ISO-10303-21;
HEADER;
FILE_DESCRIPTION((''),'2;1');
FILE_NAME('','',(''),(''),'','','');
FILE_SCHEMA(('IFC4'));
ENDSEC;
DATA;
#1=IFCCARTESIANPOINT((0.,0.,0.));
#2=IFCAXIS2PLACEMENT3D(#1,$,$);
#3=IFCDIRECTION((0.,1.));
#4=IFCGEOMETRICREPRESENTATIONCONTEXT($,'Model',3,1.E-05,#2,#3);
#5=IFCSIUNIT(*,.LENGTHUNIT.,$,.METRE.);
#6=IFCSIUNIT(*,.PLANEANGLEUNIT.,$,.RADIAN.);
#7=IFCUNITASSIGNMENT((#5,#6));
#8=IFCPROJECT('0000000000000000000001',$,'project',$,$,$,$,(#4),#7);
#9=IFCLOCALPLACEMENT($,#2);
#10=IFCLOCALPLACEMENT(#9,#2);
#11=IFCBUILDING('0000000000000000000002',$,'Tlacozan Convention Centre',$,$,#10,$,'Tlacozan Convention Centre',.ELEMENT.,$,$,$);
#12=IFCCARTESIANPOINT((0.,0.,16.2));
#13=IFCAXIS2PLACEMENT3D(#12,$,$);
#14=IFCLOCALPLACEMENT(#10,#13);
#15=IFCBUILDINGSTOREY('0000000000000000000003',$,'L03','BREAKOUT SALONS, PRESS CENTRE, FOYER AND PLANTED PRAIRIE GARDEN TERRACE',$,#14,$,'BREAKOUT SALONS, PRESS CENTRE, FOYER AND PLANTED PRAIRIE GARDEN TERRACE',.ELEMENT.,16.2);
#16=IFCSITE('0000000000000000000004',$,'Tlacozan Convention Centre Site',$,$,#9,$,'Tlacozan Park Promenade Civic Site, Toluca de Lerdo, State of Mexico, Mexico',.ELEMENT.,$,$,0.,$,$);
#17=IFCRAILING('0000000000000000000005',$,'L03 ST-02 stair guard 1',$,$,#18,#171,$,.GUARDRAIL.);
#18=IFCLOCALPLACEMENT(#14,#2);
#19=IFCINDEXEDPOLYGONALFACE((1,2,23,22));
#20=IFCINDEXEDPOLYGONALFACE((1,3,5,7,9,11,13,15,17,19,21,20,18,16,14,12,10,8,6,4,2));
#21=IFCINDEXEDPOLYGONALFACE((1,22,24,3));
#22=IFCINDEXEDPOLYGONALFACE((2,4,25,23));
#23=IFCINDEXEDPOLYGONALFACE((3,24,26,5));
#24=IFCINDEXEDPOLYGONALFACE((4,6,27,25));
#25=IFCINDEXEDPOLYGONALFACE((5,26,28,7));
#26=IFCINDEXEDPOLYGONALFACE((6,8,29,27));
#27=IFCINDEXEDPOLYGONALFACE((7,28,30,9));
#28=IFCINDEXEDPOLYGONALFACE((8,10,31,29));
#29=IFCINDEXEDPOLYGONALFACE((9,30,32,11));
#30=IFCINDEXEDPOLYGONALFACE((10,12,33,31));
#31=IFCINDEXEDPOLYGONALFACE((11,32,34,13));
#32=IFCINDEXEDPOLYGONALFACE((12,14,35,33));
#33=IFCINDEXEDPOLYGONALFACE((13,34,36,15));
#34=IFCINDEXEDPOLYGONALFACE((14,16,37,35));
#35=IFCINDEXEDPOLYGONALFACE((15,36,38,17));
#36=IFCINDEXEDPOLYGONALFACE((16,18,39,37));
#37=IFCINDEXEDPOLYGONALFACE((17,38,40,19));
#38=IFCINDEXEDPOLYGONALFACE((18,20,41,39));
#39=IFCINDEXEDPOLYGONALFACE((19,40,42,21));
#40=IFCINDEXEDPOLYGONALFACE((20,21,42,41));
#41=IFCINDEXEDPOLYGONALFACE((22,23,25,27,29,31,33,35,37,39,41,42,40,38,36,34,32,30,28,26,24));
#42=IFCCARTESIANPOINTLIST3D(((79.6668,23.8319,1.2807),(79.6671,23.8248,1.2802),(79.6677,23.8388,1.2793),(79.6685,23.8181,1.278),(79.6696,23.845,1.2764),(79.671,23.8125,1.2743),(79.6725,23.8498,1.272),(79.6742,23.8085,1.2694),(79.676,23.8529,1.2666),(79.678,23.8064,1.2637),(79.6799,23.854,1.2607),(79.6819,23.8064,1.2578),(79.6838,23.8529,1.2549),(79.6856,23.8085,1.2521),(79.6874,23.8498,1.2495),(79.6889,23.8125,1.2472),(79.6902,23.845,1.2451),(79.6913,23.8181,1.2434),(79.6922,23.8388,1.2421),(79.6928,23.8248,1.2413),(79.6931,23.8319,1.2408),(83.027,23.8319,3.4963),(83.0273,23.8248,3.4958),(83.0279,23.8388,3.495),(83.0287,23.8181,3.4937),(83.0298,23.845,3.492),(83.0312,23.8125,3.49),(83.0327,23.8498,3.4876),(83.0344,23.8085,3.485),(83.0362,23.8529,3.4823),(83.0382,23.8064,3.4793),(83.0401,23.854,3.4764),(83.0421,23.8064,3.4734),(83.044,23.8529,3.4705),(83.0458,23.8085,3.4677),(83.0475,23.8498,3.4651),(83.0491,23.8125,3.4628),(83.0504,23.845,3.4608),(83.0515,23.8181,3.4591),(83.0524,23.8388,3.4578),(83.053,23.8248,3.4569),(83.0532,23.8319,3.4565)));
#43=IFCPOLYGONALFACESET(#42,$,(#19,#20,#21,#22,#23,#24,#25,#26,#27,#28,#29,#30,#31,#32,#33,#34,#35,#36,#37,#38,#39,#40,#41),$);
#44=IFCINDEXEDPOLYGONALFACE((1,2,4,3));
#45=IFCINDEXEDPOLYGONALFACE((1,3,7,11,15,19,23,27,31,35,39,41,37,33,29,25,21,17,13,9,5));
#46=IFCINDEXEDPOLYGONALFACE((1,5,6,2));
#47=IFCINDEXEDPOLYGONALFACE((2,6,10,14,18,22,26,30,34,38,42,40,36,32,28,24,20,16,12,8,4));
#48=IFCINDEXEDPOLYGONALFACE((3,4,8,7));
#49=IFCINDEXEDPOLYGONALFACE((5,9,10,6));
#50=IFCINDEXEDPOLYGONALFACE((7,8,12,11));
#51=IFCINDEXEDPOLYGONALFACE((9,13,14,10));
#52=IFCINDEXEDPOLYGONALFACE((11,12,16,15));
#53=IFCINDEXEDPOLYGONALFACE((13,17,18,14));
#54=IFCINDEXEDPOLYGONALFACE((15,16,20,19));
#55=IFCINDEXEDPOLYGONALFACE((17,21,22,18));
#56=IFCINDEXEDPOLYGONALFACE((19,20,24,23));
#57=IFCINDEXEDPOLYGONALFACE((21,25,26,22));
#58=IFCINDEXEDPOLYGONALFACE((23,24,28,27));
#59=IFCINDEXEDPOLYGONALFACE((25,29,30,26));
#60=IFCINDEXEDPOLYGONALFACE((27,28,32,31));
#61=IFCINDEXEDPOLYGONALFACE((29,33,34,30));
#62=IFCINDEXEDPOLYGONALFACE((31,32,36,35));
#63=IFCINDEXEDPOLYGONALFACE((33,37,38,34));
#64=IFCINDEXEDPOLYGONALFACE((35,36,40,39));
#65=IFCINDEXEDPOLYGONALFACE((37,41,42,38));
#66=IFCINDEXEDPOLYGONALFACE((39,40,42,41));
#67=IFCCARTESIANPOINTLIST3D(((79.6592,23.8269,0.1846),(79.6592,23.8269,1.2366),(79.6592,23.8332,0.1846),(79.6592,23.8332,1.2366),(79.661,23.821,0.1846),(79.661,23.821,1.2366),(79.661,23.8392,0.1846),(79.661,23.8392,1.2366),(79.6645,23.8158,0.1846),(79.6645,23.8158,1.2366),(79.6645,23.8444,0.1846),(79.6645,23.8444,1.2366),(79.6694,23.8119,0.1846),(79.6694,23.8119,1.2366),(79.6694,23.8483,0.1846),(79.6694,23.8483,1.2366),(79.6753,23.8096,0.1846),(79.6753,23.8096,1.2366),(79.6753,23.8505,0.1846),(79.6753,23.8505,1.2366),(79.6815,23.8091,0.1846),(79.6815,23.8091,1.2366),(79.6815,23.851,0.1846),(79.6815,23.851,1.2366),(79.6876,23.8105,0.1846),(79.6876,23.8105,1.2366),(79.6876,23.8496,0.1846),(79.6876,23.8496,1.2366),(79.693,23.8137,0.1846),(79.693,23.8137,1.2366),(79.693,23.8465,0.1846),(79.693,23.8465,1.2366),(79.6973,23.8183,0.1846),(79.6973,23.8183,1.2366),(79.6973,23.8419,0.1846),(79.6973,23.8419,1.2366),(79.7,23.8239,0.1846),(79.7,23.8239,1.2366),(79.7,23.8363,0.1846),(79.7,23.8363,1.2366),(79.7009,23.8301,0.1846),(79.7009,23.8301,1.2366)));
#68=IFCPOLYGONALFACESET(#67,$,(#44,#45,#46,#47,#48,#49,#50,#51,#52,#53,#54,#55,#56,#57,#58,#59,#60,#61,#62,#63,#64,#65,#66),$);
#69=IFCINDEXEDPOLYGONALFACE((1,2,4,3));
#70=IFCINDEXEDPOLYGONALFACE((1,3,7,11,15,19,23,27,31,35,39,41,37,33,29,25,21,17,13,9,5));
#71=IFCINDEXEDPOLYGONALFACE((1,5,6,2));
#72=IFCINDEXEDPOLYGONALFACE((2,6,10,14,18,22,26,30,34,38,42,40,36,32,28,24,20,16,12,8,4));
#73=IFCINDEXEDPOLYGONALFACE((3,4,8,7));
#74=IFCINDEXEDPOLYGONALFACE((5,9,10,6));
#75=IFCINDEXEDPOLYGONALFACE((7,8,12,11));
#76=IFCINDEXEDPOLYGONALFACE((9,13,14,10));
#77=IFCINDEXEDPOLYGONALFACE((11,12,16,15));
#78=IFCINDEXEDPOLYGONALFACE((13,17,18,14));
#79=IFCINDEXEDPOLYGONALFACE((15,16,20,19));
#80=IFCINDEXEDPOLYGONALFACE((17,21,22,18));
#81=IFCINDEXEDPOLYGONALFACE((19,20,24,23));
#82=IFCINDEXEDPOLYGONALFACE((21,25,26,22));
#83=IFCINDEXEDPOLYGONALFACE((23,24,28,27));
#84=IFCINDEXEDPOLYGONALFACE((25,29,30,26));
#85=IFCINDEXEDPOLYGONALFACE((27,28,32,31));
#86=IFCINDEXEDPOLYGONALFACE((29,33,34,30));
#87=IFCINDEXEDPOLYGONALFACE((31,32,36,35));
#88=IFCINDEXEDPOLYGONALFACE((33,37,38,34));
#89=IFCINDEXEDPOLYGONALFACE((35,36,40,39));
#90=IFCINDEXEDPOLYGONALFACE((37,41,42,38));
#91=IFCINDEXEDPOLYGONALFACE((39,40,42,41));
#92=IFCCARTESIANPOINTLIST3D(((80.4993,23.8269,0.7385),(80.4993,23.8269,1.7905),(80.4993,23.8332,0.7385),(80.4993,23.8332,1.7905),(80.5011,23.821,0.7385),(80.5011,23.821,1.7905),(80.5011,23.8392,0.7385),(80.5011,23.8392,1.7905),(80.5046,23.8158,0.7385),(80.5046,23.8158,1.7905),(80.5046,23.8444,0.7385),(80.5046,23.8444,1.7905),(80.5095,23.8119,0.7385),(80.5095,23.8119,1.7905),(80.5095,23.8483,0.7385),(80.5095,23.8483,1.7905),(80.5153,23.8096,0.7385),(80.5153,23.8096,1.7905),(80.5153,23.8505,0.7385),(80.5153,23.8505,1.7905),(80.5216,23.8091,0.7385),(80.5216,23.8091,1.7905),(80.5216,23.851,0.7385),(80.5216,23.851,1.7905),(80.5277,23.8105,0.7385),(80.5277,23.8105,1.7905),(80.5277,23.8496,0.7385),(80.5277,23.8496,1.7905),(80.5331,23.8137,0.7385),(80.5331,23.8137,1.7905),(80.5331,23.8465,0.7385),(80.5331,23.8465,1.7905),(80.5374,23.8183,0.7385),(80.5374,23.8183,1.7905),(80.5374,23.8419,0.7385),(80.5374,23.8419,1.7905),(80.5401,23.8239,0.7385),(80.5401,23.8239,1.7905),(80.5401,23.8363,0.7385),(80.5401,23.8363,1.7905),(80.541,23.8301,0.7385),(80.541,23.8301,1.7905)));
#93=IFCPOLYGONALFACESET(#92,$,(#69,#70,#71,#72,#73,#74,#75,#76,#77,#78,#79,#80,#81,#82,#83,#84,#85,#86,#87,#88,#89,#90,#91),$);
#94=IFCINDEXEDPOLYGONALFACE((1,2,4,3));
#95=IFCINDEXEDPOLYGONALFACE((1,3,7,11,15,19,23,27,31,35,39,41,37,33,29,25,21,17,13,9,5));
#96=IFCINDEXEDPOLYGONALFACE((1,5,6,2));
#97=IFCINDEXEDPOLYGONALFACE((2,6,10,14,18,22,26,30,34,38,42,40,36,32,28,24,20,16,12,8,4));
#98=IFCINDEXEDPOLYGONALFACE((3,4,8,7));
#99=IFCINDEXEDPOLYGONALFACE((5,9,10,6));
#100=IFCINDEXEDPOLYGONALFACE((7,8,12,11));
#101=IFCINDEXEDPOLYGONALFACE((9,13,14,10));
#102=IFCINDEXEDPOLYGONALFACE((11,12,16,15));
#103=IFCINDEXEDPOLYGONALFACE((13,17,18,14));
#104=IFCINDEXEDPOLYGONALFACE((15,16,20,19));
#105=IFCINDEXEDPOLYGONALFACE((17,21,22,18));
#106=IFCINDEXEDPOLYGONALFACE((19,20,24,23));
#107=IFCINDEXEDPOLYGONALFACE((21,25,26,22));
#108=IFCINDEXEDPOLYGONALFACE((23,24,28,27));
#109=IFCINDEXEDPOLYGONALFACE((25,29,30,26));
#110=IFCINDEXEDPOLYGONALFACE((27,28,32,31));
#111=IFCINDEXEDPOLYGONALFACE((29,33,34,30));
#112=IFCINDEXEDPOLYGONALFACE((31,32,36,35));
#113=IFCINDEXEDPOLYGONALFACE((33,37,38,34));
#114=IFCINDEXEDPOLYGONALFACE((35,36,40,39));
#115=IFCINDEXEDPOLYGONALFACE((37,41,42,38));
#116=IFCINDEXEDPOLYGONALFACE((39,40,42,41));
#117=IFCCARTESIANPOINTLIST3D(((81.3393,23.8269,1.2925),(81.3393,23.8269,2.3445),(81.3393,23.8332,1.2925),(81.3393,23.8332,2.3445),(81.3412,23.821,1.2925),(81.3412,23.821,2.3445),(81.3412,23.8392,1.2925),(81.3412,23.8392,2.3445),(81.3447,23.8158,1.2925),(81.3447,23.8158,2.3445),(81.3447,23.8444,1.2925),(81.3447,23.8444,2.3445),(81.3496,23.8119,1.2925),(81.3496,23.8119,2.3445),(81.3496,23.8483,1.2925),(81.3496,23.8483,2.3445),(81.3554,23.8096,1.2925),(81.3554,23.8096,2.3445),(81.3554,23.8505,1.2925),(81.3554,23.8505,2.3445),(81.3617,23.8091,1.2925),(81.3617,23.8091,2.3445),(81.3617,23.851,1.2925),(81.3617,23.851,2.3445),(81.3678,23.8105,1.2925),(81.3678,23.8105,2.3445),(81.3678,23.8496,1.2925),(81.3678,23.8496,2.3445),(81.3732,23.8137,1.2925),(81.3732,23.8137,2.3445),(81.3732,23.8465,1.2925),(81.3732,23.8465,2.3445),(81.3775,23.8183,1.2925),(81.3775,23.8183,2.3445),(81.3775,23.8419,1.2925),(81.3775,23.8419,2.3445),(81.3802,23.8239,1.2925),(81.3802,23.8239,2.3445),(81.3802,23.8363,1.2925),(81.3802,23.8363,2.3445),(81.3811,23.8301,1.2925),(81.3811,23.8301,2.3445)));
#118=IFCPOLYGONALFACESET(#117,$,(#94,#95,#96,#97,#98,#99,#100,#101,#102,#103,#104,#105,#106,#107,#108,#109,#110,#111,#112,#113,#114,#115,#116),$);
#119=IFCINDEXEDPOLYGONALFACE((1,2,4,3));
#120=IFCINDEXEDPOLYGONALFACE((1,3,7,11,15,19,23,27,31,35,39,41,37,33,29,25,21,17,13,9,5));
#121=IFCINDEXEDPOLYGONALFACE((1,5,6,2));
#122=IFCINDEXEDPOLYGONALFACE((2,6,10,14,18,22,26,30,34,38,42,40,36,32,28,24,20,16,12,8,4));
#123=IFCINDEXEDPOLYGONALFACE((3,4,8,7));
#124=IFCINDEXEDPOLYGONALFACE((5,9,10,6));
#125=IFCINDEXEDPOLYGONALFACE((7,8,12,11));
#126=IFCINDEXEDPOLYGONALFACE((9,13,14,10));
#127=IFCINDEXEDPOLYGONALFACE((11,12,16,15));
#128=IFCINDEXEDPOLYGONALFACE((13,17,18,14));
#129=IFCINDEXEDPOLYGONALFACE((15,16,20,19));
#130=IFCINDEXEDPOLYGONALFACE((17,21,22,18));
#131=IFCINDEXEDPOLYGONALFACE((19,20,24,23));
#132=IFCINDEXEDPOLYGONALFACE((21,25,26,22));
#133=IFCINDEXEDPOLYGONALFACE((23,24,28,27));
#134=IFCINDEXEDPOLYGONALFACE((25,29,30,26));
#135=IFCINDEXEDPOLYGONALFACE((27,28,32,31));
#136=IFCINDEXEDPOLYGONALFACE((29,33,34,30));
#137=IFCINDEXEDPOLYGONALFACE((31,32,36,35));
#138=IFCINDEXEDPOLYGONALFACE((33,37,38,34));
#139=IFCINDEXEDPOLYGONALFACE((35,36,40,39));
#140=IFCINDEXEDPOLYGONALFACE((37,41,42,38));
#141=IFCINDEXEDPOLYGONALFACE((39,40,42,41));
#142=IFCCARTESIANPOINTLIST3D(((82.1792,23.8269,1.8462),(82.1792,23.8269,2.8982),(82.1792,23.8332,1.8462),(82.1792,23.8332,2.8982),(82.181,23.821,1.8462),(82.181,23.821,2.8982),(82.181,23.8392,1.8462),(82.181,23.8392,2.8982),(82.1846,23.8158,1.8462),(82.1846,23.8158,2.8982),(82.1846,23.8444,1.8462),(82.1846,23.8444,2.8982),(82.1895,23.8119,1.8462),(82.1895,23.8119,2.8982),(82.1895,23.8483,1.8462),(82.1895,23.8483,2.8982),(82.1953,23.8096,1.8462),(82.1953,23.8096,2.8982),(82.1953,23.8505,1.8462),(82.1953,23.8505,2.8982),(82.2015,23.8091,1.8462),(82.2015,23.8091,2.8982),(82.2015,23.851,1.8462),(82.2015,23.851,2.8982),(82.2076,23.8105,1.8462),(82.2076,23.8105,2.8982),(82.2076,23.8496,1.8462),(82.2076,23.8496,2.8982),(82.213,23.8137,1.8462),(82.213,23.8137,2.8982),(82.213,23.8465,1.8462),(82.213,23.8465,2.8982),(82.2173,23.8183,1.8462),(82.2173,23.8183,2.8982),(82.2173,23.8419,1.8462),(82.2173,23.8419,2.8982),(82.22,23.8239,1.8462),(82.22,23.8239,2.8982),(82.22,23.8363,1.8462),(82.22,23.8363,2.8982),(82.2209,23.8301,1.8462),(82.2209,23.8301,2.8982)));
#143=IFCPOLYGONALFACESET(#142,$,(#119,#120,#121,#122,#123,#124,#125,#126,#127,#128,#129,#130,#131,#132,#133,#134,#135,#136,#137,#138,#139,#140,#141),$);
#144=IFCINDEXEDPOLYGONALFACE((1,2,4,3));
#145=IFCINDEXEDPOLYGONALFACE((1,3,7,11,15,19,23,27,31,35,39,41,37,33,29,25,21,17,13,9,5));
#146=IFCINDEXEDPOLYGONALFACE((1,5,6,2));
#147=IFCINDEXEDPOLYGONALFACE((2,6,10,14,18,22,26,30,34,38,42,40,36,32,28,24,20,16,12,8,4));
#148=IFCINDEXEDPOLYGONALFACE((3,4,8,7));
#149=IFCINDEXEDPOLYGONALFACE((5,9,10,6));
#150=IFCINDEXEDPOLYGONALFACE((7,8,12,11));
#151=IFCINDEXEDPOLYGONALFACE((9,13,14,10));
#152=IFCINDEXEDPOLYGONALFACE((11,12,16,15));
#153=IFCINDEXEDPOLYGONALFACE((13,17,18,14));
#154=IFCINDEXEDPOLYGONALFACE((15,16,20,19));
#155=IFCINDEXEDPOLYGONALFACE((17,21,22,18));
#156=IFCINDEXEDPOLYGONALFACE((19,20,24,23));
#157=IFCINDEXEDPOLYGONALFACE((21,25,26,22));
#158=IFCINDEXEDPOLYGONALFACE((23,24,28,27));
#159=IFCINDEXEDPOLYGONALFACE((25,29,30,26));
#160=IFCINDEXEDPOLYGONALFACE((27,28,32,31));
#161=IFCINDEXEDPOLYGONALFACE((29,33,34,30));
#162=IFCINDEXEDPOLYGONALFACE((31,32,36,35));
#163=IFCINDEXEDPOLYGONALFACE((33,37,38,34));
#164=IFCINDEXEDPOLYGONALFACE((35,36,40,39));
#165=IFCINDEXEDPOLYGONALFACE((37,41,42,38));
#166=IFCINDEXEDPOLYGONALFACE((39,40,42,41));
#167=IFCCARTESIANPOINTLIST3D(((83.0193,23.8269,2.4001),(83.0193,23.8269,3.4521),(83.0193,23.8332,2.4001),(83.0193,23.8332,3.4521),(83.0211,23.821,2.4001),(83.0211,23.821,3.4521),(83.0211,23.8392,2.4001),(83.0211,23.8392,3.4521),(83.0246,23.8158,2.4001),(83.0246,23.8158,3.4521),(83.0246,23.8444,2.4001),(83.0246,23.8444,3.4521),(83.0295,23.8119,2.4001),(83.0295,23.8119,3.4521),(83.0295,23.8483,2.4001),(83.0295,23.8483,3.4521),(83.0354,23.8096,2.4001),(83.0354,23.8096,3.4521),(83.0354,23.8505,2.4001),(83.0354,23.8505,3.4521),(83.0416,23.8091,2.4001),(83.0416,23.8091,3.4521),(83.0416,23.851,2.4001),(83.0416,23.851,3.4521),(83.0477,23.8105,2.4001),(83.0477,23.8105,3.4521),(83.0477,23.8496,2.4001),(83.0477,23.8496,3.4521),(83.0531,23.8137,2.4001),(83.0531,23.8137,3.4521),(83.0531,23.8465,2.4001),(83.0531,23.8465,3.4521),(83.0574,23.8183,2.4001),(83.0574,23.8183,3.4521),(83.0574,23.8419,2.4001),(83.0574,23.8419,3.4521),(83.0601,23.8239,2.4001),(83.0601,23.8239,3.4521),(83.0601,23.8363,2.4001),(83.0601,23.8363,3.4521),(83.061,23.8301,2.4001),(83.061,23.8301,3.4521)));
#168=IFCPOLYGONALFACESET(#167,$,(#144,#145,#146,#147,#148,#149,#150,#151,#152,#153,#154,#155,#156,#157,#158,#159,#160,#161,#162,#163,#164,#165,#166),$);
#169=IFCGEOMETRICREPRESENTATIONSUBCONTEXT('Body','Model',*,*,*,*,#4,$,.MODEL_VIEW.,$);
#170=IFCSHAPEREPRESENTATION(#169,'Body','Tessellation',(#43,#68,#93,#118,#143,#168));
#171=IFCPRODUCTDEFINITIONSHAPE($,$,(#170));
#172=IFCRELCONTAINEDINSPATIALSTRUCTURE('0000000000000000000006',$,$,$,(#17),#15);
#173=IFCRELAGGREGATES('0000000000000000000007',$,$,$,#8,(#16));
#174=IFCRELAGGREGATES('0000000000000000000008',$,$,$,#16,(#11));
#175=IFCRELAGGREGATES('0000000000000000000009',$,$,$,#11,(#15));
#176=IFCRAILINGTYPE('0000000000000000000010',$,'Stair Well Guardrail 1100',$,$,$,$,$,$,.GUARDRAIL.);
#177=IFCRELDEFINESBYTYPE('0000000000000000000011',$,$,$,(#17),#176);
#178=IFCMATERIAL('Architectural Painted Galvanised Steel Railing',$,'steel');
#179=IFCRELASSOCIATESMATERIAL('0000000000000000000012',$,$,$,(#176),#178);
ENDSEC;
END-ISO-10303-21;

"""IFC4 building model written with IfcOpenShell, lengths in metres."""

from ifc_helpers import new_model, si_unit, direction, frame, origin, origin_2d, place, context, subcontext, project, spatial, circle, extrude, material, type_object, element, save


model = new_model("IFC4")

# Units and contexts
model_context = context("Model", 3, precision=1e-05, world=origin(), true_north=direction((0.0, 1.0)))
body_context = subcontext(model_context, "Body", "Model", "MODEL_VIEW")
ifc_project = project(units=[si_unit("LENGTHUNIT", "METRE"), si_unit("PLANEANGLEUNIT", "RADIAN")], contexts=[model_context])

# Site, building, storey
site_placement = place(None, origin())
site = spatial("IfcSite", under=ifc_project, at=site_placement, Name="Tlacozan Convention Centre Site", LongName="Tlacozan Park Promenade Civic Site, Toluca de Lerdo, State of Mexico, Mexico", CompositionType="ELEMENT", RefElevation=0.0)
building_placement = place(site_placement, origin())
building = spatial("IfcBuilding", under=site, at=building_placement, Name="Tlacozan Convention Centre", LongName="Tlacozan Convention Centre", CompositionType="ELEMENT")
storey_placement = place(building_placement, frame((0.0, 0.0, 16.2)))
storey = spatial("IfcBuildingStorey", under=building, at=storey_placement, Name="L03", Description="BREAKOUT SALONS, PRESS CENTRE, FOYER AND PLANTED PRAIRIE GARDEN TERRACE", LongName="BREAKOUT SALONS, PRESS CENTRE, FOYER AND PLANTED PRAIRIE GARDEN TERRACE", CompositionType="ELEMENT", Elevation=16.2)

# Railing
ifc_material_1 = material(Name="Architectural Painted Galvanised Steel Railing", Category="steel")
railing_type_1 = type_object("IfcRailingType", Name="Stair Well Guardrail 1100", PredefinedType="GUARDRAIL", material=ifc_material_1)
railing_1_placement = place(storey_placement, frame((79.6799, 23.8301, 0.1846)))
element("IfcRailing", 1, at=railing_1_placement, inside=storey, type_object=railing_type_1, Name="L03 ST-02 stair guard 1", PredefinedType="GUARDRAIL", context=body_context, shape_type="SweptSolid", body=[
    extrude(circle(Radius=0.0239, at=origin_2d()), frame((0.0, 0.0, 1.0762), z_axis=(0.834849, 0.0, 0.55048), x_axis=(0.0, 1.0, 0.0)), (0.0, 0.0, 1.0), 4.0249),
    extrude(circle(Radius=0.021, at=origin_2d()), origin(), (0.0, 0.0, 1.0), 1.052),
    extrude(circle(Radius=0.021, at=origin_2d()), frame((0.8401, 0.0, 0.554)), (0.0, 0.0, 1.0), 1.052),
    extrude(circle(Radius=0.021, at=origin_2d()), frame((1.6802, 0.0, 1.1079)), (0.0, 0.0, 1.0), 1.052),
    extrude(circle(Radius=0.021, at=origin_2d()), frame((2.52, 0.0, 1.6616)), (0.0, 0.0, 1.0), 1.052),
    extrude(circle(Radius=0.021, at=origin_2d()), frame((3.3601, 0.0, 2.2156)), (0.0, 0.0, 1.0), 1.052),
])

save(model, "model.ifc")
